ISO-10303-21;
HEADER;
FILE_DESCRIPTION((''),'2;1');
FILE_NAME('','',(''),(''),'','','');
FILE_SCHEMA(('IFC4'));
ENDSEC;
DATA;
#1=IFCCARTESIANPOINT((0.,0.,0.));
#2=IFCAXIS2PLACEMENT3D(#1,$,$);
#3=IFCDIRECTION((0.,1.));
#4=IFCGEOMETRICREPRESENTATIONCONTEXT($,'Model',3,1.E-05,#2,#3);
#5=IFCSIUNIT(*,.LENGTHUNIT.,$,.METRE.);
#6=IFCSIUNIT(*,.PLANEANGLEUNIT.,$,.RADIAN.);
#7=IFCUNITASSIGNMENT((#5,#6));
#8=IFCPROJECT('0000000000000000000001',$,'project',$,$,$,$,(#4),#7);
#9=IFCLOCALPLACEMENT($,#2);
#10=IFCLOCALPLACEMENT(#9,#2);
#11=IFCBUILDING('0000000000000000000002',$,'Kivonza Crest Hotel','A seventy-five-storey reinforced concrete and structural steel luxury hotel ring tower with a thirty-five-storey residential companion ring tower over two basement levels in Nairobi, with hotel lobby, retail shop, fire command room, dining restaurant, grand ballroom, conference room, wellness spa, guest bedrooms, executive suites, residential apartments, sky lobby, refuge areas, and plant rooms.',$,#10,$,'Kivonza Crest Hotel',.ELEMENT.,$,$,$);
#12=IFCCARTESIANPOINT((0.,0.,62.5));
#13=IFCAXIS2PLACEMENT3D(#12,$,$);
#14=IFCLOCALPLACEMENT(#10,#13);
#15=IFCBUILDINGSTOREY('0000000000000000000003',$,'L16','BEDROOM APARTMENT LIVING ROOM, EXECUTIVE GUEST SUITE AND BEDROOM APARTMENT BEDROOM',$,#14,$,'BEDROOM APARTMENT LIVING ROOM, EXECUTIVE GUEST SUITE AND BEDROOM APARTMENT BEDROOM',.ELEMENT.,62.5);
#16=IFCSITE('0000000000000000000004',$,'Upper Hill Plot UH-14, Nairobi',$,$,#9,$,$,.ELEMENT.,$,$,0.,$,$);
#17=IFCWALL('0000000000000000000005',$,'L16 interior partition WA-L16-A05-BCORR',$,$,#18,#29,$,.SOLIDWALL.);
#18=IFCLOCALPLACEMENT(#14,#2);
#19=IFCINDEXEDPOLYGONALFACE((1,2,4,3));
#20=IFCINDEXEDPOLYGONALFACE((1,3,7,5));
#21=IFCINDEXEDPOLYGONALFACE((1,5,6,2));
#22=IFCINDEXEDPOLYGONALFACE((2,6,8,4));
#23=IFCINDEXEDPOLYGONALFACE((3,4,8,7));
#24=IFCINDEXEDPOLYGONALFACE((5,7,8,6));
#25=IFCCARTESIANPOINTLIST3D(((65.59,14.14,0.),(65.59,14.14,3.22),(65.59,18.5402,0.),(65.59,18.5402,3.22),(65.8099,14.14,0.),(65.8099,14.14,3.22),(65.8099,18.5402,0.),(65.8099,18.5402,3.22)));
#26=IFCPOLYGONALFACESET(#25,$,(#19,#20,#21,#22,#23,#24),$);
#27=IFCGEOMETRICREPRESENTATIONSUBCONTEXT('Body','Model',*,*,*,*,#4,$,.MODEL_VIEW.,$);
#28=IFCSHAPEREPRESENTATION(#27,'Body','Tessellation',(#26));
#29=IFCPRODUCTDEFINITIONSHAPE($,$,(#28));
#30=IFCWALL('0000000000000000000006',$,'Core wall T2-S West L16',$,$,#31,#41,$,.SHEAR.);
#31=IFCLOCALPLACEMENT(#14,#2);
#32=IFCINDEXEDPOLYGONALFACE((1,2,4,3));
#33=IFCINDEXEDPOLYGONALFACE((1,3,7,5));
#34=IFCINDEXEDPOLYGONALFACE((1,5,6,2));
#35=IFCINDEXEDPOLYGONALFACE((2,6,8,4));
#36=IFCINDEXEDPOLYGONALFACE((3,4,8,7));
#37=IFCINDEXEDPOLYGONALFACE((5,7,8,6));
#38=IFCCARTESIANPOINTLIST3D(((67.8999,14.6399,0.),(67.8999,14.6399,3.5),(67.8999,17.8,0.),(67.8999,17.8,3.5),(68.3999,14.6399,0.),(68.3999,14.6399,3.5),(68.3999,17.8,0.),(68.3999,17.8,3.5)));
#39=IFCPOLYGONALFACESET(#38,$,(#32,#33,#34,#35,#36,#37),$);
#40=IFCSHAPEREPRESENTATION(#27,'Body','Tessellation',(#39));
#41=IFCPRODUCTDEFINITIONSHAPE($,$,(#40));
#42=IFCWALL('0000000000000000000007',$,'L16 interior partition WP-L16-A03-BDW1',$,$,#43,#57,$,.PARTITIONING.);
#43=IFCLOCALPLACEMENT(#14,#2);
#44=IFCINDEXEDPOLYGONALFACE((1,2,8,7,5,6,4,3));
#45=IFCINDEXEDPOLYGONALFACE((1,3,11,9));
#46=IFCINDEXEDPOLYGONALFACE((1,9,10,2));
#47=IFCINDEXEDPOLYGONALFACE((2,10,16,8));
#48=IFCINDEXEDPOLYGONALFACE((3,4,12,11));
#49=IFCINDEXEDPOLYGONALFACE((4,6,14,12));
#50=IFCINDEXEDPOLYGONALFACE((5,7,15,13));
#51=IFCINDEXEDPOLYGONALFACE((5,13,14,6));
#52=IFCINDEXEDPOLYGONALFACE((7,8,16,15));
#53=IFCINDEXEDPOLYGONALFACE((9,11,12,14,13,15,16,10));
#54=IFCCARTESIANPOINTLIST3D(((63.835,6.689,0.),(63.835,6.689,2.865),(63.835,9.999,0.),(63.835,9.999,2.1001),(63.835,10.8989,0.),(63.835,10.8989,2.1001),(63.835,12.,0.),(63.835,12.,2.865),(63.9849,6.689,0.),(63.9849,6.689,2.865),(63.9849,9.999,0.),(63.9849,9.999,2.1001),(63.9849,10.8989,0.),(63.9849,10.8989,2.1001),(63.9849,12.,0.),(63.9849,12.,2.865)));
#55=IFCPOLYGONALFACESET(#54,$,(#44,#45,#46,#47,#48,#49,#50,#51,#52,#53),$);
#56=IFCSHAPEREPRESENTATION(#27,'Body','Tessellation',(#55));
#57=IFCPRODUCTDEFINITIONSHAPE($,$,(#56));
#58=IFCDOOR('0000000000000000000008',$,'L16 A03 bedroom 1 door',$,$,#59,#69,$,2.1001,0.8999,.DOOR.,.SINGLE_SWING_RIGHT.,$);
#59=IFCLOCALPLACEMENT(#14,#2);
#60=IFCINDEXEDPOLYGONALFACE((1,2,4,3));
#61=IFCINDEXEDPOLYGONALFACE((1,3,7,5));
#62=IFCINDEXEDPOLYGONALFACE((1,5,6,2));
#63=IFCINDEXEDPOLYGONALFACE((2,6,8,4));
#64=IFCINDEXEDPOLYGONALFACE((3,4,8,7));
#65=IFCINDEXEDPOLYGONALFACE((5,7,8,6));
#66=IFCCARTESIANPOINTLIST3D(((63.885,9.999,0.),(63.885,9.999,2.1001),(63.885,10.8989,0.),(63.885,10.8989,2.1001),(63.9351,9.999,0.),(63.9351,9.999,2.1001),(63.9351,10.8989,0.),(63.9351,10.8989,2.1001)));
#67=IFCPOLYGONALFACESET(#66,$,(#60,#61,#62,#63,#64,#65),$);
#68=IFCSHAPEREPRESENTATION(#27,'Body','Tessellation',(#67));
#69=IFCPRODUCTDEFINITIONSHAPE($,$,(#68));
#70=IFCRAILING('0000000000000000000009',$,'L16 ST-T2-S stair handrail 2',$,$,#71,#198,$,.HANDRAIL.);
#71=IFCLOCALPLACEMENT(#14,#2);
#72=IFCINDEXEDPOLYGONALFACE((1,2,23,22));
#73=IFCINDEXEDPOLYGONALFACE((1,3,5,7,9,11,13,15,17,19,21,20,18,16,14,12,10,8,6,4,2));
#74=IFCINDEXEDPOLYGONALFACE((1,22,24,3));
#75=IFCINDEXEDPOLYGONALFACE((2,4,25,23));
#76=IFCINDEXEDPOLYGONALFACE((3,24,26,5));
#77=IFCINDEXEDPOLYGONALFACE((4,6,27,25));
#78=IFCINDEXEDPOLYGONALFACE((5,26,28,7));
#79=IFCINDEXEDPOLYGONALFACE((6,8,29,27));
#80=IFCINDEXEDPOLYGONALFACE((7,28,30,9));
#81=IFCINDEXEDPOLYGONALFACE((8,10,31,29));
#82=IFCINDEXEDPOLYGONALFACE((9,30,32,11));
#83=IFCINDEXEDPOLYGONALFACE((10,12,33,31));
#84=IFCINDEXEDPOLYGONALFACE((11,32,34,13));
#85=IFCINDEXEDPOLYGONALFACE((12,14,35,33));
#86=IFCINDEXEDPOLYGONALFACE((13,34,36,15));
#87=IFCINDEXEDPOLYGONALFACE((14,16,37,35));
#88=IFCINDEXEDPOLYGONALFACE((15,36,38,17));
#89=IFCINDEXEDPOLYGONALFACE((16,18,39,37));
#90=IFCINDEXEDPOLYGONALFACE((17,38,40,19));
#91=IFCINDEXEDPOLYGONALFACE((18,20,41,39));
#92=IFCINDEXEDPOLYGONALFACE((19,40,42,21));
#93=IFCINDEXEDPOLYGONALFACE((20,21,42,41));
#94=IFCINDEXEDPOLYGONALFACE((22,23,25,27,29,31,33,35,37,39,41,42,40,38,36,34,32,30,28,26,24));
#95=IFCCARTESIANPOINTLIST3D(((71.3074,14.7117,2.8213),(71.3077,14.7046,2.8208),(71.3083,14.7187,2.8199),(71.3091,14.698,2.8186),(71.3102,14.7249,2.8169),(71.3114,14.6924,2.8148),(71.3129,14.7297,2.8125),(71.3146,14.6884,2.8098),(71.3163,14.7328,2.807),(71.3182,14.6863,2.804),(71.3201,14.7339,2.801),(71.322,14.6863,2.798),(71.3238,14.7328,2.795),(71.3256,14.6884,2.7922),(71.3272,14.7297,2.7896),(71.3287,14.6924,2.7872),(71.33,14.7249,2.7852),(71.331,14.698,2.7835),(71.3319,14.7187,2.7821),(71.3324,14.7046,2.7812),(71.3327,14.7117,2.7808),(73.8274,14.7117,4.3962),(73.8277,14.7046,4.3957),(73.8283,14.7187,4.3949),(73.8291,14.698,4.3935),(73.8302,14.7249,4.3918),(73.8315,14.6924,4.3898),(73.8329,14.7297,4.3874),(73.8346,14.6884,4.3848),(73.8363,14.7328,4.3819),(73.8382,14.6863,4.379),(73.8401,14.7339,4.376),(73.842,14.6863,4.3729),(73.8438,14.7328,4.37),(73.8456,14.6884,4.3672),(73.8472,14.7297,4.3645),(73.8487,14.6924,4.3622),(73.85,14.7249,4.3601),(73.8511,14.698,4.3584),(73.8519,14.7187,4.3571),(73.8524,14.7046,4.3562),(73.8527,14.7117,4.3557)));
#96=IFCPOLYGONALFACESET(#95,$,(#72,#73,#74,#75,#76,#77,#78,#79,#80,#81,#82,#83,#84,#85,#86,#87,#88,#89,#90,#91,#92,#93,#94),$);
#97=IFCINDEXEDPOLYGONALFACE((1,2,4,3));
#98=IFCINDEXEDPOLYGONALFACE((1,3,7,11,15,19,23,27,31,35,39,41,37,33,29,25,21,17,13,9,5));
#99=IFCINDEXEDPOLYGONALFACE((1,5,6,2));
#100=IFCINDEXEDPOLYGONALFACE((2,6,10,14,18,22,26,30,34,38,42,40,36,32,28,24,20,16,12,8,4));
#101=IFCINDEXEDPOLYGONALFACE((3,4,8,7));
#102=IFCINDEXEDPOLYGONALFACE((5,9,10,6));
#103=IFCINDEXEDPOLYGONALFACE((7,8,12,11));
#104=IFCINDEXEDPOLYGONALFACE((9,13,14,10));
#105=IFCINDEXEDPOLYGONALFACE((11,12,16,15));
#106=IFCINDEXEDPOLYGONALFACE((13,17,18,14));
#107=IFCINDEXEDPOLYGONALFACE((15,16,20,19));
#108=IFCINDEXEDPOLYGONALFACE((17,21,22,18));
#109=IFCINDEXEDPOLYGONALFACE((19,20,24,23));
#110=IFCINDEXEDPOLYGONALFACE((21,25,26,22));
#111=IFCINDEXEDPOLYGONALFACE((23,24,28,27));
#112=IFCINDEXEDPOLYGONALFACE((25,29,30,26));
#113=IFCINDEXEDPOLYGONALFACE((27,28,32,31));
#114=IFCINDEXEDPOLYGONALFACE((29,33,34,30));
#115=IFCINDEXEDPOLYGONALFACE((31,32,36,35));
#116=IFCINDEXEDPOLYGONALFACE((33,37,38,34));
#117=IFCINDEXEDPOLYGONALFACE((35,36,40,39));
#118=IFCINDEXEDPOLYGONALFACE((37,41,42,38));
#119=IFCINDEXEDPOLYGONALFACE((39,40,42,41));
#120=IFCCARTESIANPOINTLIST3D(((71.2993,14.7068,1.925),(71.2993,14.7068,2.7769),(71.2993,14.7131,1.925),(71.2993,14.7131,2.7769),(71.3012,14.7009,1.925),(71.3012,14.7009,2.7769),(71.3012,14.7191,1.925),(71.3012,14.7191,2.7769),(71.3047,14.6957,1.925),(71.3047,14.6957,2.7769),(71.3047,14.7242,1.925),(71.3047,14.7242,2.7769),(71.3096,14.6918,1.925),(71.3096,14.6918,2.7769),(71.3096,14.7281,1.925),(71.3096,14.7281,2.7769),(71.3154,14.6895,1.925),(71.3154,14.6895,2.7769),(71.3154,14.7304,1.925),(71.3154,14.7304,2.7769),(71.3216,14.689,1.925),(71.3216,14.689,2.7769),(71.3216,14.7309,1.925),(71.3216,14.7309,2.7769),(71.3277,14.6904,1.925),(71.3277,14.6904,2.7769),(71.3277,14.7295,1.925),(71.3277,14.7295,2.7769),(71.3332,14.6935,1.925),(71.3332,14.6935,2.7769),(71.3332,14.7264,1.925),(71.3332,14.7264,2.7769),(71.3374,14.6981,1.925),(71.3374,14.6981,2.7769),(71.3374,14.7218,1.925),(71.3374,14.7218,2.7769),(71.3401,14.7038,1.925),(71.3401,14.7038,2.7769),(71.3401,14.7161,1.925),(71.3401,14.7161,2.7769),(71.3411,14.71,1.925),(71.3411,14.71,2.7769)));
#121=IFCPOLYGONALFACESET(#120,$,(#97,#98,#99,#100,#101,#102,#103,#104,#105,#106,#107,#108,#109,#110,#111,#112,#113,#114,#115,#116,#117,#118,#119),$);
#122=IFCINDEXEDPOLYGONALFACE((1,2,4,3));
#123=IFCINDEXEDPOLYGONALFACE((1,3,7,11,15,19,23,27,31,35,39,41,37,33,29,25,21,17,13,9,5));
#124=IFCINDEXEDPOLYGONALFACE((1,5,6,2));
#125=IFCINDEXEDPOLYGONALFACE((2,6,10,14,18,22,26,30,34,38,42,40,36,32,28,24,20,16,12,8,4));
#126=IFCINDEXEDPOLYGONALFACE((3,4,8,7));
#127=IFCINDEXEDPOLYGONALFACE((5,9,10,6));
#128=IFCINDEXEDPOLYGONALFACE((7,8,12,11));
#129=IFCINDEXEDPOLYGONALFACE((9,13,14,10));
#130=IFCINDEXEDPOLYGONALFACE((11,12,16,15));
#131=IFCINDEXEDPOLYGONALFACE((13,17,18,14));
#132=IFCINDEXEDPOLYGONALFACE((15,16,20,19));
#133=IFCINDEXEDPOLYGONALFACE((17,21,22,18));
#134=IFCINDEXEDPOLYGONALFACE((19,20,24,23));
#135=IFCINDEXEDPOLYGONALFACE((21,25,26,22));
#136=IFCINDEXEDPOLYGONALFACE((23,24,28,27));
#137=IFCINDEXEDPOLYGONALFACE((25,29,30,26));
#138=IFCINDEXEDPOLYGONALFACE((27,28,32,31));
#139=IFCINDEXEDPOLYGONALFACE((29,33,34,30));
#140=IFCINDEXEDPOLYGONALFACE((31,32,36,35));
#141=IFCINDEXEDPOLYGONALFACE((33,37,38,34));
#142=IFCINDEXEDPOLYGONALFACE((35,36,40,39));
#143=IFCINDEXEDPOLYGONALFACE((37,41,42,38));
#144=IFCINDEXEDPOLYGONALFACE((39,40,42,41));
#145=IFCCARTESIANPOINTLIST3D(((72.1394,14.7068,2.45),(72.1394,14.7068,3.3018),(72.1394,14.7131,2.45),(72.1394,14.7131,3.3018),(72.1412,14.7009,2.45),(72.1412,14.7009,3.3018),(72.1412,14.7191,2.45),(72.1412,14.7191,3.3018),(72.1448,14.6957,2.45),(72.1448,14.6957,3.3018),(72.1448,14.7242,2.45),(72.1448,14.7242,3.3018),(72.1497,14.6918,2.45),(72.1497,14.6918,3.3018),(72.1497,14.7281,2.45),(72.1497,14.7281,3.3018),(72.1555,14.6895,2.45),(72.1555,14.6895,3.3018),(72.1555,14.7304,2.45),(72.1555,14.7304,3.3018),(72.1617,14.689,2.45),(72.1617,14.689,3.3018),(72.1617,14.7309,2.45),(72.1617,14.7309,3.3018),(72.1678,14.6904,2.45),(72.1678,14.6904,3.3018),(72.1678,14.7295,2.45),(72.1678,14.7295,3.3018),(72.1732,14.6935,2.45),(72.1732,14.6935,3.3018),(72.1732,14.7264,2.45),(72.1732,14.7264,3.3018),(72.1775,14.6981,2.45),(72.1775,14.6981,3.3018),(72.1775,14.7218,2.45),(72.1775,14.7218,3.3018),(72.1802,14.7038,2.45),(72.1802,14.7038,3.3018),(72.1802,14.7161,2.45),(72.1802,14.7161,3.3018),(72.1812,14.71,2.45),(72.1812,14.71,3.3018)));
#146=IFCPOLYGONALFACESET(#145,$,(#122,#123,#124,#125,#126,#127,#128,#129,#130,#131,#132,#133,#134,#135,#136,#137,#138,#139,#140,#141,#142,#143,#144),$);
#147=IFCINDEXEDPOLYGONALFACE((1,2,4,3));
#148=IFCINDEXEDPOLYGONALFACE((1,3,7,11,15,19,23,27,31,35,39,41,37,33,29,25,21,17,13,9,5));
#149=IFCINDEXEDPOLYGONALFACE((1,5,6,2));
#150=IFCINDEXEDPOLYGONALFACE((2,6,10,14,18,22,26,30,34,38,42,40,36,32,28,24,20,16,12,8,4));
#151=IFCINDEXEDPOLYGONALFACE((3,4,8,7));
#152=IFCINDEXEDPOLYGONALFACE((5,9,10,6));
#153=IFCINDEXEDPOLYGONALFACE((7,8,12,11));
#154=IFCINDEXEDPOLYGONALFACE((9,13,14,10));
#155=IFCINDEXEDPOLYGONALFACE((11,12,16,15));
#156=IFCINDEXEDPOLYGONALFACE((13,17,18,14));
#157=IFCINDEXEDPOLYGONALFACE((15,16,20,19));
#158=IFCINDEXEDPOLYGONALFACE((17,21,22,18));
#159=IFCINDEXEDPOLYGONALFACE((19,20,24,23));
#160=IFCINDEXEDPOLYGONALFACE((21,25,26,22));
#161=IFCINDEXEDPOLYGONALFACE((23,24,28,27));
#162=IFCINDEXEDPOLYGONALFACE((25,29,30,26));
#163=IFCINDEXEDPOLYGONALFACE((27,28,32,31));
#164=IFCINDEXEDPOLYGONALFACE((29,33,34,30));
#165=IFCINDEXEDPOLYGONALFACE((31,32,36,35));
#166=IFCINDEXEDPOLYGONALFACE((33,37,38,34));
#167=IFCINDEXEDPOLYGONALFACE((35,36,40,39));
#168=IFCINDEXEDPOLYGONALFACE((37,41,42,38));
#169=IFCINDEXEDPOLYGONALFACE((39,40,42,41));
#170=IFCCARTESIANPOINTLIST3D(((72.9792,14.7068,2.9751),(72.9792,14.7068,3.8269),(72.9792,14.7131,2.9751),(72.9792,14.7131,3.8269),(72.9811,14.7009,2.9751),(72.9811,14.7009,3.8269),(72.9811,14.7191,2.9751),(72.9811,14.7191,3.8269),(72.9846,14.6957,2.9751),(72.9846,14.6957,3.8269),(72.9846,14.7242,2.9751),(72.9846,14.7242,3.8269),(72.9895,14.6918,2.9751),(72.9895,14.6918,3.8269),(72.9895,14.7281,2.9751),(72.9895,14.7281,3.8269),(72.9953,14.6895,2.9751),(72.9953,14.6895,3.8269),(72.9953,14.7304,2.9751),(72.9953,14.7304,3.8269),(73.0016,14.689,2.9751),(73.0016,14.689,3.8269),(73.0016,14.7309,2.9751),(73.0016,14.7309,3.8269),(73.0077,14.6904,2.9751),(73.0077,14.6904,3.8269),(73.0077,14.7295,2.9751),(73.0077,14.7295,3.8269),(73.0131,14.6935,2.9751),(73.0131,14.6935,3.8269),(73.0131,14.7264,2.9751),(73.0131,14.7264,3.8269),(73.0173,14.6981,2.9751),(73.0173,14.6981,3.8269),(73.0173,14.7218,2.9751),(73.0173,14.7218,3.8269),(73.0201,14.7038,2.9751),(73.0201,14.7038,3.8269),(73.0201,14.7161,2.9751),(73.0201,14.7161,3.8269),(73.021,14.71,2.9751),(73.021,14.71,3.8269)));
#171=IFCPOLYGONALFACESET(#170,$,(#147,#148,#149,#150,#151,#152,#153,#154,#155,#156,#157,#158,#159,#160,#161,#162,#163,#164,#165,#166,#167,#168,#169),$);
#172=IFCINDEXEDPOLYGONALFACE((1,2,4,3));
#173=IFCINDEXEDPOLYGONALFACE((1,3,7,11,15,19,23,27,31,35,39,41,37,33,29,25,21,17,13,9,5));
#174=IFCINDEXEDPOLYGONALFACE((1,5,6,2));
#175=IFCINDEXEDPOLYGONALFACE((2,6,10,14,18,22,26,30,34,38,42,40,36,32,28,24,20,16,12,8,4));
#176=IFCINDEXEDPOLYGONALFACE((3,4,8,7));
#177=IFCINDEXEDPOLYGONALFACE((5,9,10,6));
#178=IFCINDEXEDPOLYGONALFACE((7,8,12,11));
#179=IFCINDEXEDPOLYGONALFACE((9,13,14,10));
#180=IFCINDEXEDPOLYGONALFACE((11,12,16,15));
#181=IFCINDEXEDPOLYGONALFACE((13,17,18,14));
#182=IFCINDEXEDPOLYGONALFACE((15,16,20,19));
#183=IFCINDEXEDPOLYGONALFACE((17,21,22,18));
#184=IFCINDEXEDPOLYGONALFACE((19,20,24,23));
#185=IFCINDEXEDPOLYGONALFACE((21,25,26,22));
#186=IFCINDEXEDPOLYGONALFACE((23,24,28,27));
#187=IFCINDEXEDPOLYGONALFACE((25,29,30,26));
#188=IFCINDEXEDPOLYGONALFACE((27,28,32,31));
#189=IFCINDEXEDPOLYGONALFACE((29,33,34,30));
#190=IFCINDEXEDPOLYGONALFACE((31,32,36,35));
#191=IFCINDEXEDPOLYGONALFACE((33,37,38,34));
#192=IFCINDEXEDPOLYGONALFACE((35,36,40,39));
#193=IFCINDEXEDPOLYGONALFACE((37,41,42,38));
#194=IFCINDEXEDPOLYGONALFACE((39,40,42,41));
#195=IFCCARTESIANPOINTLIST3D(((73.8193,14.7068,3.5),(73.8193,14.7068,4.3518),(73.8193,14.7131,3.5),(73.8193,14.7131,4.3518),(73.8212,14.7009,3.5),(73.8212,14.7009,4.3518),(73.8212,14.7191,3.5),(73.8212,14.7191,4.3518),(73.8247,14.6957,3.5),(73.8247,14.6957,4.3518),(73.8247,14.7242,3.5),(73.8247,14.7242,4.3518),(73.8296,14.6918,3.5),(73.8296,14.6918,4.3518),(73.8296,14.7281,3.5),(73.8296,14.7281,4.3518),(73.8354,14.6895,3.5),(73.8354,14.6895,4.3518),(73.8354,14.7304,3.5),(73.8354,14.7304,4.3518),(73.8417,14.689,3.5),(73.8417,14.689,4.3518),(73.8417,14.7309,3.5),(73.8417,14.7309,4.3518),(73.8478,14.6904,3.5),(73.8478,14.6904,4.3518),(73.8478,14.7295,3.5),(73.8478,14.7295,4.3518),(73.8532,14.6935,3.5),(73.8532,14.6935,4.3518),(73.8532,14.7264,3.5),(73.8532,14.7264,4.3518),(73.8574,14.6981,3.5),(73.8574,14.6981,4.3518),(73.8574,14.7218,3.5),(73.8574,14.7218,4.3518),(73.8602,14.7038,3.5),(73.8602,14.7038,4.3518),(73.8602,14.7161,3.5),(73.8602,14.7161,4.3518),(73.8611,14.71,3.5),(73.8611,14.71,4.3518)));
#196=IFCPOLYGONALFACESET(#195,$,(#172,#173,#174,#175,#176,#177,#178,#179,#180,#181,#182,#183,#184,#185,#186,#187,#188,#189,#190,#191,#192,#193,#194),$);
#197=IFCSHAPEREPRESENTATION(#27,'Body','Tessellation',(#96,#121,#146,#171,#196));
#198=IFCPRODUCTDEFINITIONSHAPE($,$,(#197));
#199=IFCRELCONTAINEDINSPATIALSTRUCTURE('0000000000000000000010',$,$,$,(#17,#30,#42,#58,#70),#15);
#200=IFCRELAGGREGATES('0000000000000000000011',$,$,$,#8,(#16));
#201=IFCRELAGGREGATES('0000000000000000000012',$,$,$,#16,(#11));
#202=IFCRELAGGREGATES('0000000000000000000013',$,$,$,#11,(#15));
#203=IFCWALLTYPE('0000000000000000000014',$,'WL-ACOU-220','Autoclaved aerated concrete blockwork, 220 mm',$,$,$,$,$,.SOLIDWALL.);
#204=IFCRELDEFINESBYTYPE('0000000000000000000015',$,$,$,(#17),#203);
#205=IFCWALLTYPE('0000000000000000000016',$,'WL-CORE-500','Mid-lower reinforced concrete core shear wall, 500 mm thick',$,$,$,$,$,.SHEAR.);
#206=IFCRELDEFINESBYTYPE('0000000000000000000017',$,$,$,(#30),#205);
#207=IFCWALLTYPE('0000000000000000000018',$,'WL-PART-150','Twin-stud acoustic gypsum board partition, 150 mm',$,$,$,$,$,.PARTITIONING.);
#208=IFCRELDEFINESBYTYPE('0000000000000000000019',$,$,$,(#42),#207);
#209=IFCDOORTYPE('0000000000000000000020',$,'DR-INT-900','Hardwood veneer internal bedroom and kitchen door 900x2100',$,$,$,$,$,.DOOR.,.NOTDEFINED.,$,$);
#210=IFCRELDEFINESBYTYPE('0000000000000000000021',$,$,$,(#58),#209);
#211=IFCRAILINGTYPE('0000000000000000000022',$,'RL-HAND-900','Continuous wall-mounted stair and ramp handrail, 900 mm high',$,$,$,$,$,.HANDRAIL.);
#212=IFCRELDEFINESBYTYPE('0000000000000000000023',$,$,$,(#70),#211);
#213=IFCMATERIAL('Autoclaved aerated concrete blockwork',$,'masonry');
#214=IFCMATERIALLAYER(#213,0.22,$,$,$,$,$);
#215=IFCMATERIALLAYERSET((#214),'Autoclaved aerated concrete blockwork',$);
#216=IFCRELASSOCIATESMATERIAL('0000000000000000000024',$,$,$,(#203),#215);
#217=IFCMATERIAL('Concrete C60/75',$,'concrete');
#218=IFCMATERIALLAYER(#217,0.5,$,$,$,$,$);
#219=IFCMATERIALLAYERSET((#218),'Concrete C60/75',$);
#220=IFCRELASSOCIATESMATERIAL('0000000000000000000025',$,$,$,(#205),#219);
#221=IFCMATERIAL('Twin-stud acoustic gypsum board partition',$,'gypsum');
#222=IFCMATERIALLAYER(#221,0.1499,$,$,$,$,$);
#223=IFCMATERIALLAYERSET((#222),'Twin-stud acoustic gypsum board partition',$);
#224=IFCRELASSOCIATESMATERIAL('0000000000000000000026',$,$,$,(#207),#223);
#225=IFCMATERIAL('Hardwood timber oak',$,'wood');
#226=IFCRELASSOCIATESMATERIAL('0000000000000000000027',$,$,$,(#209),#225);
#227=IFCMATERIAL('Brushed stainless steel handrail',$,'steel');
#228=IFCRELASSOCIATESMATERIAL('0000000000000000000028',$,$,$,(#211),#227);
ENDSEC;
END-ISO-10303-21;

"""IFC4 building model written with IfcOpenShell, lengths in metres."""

from ifc_helpers import new_model, si_unit, direction, frame, frame_2d, origin, origin_2d, place, context, subcontext, project, spatial, rectangle, circle, extrude, material, layer, layer_set, type_object, element, fill, save


model = new_model("IFC4")

# Units and contexts
model_context = context("Model", 3, precision=1e-05, world=origin(), true_north=direction((0.0, 1.0)))
body_context = subcontext(model_context, "Body", "Model", "MODEL_VIEW")
ifc_project = project(units=[si_unit("LENGTHUNIT", "METRE"), si_unit("PLANEANGLEUNIT", "RADIAN")], contexts=[model_context])

# Site, building, storey
site_placement = place(None, origin())
site = spatial("IfcSite", under=ifc_project, at=site_placement, Name="Upper Hill Plot UH-14, Nairobi", CompositionType="ELEMENT", RefElevation=0.0)
building_placement = place(site_placement, origin())
building = spatial("IfcBuilding", under=site, at=building_placement, Name="Kivonza Crest Hotel", Description="A seventy-five-storey reinforced concrete and structural steel luxury hotel ring tower with a thirty-five-storey residential companion ring tower over two basement levels in Nairobi, with hotel lobby, retail shop, fire command room, dining restaurant, grand ballroom, conference room, wellness spa, guest bedrooms, executive suites, residential apartments, sky lobby, refuge areas, and plant rooms.", LongName="Kivonza Crest Hotel", CompositionType="ELEMENT")
storey_placement = place(building_placement, frame((0.0, 0.0, 62.5)))
storey = spatial("IfcBuildingStorey", under=building, at=storey_placement, Name="L16", Description="BEDROOM APARTMENT LIVING ROOM, EXECUTIVE GUEST SUITE AND BEDROOM APARTMENT BEDROOM", LongName="BEDROOM APARTMENT LIVING ROOM, EXECUTIVE GUEST SUITE AND BEDROOM APARTMENT BEDROOM", CompositionType="ELEMENT", Elevation=62.5)

# Shared definitions
ifc_material_1 = material(Name="Autoclaved aerated concrete blockwork", Category="masonry")
ifc_layer_1 = layer(ifc_material_1, 0.22)
ifc_layer_set_1 = layer_set([ifc_layer_1], Name="Autoclaved aerated concrete blockwork")
wall_type_1 = type_object("IfcWallType", Name="WL-ACOU-220", Description="Autoclaved aerated concrete blockwork, 220 mm", PredefinedType="SOLIDWALL", material=ifc_layer_set_1)
ifc_material_2 = material(Name="Hardwood timber oak", Category="wood")

# Wall
wall_1_placement = place(storey_placement, frame((65.7, 14.1399, 0.0), z_axis=(0.0, 0.0, 1.0), x_axis=(0.0, 1.0, 0.0)))
element("IfcWall", 1, at=wall_1_placement, inside=storey, type_object=wall_type_1, Name="L16 interior partition WA-L16-A05-BCORR", PredefinedType="SOLIDWALL", context=body_context, shape_type="SweptSolid", body=[
    extrude(rectangle(XDim=4.4001, YDim=0.22, at=frame_2d((2.2002, 0.0))), origin(), (0.0, 0.0, 1.0), 3.22),
])

# Shared definitions
ifc_material_3 = material(Name="Concrete C60/75", Category="concrete")
ifc_layer_2 = layer(ifc_material_3, 0.5)
ifc_layer_set_2 = layer_set([ifc_layer_2], Name="Concrete C60/75")
wall_type_2 = type_object("IfcWallType", Name="WL-CORE-500", Description="Mid-lower reinforced concrete core shear wall, 500 mm thick", PredefinedType="SHEAR", material=ifc_layer_set_2)

# Wall
wall_2_placement = place(storey_placement, frame((68.1499, 14.6399, 0.0), z_axis=(0.0, 0.0, 1.0), x_axis=(0.0, 1.0, 0.0)))
element("IfcWall", 2, at=wall_2_placement, inside=storey, type_object=wall_type_2, Name="Core wall T2-S West L16", PredefinedType="SHEAR", context=body_context, shape_type="SweptSolid", body=[
    extrude(rectangle(XDim=3.1602, YDim=0.5, at=frame_2d((1.5801, 0.0))), origin(), (0.0, 0.0, 1.0), 3.5),
])

# Wall, opening, door
ifc_material_4 = material(Name="Twin-stud acoustic gypsum board partition", Category="gypsum")
ifc_layer_3 = layer(ifc_material_4, 0.1499)
ifc_layer_set_3 = layer_set([ifc_layer_3], Name="Twin-stud acoustic gypsum board partition")
wall_type_3 = type_object("IfcWallType", Name="WL-PART-150", Description="Twin-stud acoustic gypsum board partition, 150 mm", PredefinedType="PARTITIONING", material=ifc_layer_set_3)
wall_3_placement = place(storey_placement, frame((63.9099, 6.689, 0.0), z_axis=(0.0, 0.0, 1.0), x_axis=(0.0, 1.0, 0.0)))
wall_3 = element("IfcWall", 3, at=wall_3_placement, inside=storey, type_object=wall_type_3, Name="L16 interior partition WP-L16-A03-BDW1", PredefinedType="PARTITIONING", context=body_context, shape_type="SweptSolid", body=[
    extrude(rectangle(XDim=5.311, YDim=0.1499, at=frame_2d((2.6555, 0.0))), origin(), (0.0, 0.0, 1.0), 2.865),
])
opening_1_placement = place(wall_3_placement, frame((3.3101, 0.0, 0.0)))
opening_1 = element("IfcOpeningElement", 4, at=opening_1_placement, cuts=wall_3, PredefinedType="OPENING", context=body_context, shape_type="SweptSolid", body=[
    extrude(rectangle(XDim=0.8999, YDim=2.1001, at=frame_2d((0.45, 1.05))), frame((0.0, 0.085, 0.0), z_axis=(0.0, -1.0, 0.0), x_axis=(1.0, 0.0, 0.0)), (0.0, 0.0, 1.0), 0.1699),
])
door_type_1 = type_object("IfcDoorType", Name="DR-INT-900", Description="Hardwood veneer internal bedroom and kitchen door 900x2100", OperationType="NOTDEFINED", PredefinedType="DOOR", material=ifc_material_2)
door_1_placement = place(opening_1_placement, origin())
door_1 = element("IfcDoor", 5, at=door_1_placement, inside=storey, type_object=door_type_1, Name="L16 A03 bedroom 1 door", OperationType="SINGLE_SWING_RIGHT", OverallHeight=2.1001, OverallWidth=0.8999, PredefinedType="DOOR", context=body_context, shape_type="SweptSolid", body=[
    extrude(rectangle(XDim=0.8999, YDim=2.1001, at=frame_2d((0.45, 1.05))), frame((0.0, 0.0249, 0.0), z_axis=(0.0, -1.0, 0.0), x_axis=(1.0, 0.0, 0.0)), (0.0, 0.0, 1.0), 0.05),
])
fill(opening_1, door_1)

# Railing
ifc_material_5 = material(Name="Brushed stainless steel handrail", Category="steel")
railing_type = type_object("IfcRailingType", Name="RL-HAND-900", Description="Continuous wall-mounted stair and ramp handrail, 900 mm high", PredefinedType="HANDRAIL", material=ifc_material_5)
railing_placement = place(storey_placement, frame((71.3201, 14.71, 1.925)))
element("IfcRailing", 6, at=railing_placement, inside=storey, type_object=railing_type, Name="L16 ST-T2-S stair handrail 2", PredefinedType="HANDRAIL", context=body_context, shape_type="SweptSolid", body=[
    extrude(circle(Radius=0.0239, at=origin_2d()), frame((0.0, 0.0, 0.876), z_axis=(0.848008, 0.0, 0.529984), x_axis=(0.0, 1.0, 0.0)), (0.0, 0.0, 1.0), 2.9717),
    extrude(circle(Radius=0.021, at=origin_2d()), origin(), (0.0, 0.0, 1.0), 0.8518),
    extrude(circle(Radius=0.021, at=origin_2d()), frame((0.8401, 0.0, 0.5249)), (0.0, 0.0, 1.0), 0.8518),
    extrude(circle(Radius=0.021, at=origin_2d()), frame((1.6799, 0.0, 1.05)), (0.0, 0.0, 1.0), 0.8518),
    extrude(circle(Radius=0.021, at=origin_2d()), frame((2.52, 0.0, 1.575)), (0.0, 0.0, 1.0), 0.8518),
])

save(model, "model.ifc")
